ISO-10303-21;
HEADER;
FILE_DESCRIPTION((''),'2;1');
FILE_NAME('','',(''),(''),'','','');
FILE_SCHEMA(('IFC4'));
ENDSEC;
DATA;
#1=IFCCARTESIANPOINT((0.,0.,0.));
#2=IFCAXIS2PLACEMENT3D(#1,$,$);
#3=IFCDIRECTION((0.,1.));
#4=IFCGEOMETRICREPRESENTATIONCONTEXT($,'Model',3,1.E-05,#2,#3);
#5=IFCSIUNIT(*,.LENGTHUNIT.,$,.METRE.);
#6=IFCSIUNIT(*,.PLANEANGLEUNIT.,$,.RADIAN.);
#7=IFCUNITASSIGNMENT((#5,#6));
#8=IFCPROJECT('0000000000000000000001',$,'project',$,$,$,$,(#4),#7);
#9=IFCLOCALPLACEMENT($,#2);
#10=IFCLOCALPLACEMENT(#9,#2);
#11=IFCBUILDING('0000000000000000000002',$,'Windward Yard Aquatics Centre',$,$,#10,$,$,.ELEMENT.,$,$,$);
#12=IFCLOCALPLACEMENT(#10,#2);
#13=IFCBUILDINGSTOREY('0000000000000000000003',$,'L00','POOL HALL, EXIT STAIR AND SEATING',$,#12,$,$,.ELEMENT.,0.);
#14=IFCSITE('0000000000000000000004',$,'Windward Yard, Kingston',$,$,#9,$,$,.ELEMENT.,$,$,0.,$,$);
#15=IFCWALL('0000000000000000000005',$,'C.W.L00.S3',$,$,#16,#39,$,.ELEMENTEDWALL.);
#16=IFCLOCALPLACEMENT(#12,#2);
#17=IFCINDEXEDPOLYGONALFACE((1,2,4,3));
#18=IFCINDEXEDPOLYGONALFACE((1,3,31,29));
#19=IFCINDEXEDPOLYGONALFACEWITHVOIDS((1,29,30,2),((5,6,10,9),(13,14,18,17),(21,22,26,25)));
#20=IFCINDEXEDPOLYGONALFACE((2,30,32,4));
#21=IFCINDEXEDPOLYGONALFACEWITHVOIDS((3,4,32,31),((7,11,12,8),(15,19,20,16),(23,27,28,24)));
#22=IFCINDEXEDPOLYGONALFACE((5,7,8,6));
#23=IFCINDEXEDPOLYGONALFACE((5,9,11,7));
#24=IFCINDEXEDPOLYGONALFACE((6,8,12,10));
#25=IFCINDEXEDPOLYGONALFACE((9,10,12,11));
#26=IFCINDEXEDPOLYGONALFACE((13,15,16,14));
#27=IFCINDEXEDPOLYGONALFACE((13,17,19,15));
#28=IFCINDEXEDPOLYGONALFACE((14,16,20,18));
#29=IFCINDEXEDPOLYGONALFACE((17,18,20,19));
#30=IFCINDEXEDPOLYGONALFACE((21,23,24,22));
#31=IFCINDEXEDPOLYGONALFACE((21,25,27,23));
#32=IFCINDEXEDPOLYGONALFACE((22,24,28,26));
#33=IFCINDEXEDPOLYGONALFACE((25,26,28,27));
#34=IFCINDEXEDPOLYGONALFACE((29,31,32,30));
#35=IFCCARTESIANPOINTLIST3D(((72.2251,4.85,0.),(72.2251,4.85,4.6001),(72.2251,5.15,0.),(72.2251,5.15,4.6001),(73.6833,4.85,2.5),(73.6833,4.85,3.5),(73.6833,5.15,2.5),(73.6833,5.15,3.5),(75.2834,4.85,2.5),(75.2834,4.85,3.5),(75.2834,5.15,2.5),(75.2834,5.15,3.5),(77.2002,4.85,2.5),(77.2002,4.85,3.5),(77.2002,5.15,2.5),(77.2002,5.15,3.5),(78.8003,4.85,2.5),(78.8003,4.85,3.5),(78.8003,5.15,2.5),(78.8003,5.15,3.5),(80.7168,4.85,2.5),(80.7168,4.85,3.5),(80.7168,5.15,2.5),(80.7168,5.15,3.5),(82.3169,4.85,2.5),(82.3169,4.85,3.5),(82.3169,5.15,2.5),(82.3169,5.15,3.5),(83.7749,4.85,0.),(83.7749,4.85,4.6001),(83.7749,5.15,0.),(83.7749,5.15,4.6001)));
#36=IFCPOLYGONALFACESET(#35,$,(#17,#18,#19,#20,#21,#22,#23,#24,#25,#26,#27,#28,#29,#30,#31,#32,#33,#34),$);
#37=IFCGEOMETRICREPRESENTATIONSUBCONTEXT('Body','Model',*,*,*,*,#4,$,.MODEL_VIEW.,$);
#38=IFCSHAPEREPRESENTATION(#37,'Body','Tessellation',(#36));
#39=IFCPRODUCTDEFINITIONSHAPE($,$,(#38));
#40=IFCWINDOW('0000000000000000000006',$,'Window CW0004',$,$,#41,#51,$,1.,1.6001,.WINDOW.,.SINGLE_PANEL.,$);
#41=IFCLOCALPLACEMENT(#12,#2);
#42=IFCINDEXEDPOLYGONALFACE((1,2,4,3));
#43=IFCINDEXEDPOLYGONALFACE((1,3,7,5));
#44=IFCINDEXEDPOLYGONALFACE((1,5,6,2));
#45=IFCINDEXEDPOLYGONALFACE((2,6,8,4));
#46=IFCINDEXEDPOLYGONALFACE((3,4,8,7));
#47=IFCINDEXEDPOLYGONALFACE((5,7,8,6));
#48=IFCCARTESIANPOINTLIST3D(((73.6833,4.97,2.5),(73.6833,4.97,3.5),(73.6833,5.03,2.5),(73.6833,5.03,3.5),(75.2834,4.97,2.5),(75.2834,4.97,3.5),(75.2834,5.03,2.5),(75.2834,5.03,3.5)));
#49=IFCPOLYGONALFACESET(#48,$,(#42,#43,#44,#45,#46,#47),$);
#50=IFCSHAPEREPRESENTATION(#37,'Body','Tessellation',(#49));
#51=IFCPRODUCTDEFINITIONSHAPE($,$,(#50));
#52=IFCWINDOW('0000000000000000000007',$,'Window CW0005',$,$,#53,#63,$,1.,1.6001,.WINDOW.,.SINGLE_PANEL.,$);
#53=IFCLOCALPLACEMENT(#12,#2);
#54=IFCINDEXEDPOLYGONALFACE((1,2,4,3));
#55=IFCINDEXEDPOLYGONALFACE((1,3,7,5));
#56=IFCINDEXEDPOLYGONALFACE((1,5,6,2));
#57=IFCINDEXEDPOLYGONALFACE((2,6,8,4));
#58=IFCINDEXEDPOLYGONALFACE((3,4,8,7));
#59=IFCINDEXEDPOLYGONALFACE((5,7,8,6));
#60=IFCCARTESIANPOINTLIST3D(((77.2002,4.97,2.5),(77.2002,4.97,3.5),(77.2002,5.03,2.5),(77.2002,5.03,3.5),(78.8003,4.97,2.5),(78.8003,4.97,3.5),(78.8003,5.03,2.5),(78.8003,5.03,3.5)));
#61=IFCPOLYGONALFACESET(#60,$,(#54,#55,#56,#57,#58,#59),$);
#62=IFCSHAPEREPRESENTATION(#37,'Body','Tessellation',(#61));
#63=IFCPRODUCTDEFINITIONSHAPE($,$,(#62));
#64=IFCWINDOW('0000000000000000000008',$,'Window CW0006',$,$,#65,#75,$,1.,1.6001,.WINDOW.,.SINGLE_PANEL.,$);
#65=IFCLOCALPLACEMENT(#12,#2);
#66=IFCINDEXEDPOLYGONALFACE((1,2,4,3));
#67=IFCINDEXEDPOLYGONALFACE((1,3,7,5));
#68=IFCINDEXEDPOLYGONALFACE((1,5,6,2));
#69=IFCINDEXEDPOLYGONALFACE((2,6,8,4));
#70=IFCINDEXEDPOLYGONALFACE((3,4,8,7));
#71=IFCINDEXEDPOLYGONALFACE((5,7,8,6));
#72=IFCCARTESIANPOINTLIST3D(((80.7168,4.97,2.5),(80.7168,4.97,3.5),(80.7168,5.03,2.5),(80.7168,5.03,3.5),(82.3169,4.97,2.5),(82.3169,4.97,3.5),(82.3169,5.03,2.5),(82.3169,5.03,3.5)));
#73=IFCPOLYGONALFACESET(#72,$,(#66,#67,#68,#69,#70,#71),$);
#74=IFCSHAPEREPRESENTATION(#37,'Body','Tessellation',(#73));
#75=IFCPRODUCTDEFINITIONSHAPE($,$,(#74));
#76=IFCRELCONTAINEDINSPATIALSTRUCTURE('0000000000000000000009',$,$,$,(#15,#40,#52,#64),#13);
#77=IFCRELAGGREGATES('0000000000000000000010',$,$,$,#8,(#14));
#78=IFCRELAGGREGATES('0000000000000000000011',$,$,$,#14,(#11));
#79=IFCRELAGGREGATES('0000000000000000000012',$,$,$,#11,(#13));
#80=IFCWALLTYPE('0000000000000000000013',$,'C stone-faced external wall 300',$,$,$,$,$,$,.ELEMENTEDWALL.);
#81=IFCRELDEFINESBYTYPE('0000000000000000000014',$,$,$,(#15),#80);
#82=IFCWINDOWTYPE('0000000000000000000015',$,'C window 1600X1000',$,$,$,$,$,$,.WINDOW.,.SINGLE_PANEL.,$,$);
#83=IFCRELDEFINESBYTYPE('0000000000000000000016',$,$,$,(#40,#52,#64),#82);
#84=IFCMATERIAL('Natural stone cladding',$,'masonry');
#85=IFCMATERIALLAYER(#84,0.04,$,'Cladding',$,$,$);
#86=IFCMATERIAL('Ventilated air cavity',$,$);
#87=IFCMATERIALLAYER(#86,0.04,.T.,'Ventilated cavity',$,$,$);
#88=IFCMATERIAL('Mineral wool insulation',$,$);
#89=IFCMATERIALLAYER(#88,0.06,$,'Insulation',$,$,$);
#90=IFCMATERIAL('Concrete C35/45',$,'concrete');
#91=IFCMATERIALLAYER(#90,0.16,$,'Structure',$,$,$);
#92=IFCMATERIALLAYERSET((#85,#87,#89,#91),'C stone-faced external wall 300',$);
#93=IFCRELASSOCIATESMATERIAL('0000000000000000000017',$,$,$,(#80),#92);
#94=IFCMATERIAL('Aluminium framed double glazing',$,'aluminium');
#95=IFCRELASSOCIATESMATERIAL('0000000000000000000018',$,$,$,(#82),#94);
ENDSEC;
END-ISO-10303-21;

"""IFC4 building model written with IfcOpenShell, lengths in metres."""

from ifc_helpers import new_model, si_unit, direction, frame, frame_2d, origin, place, context, subcontext, project, spatial, rectangle, extrude, material, layer, layer_set, type_object, element, fill, save


model = new_model("IFC4")

# Units and contexts
model_context = context("Model", 3, precision=1e-05, world=origin(), true_north=direction((0.0, 1.0)))
body_context = subcontext(model_context, "Body", "Model", "MODEL_VIEW")
ifc_project = project(units=[si_unit("LENGTHUNIT", "METRE"), si_unit("PLANEANGLEUNIT", "RADIAN")], contexts=[model_context])

# Site, building, storey
site_placement = place(None, origin())
site = spatial("IfcSite", under=ifc_project, at=site_placement, Name="Windward Yard, Kingston", CompositionType="ELEMENT", RefElevation=0.0)
building_placement = place(site_placement, origin())
building = spatial("IfcBuilding", under=site, at=building_placement, Name="Windward Yard Aquatics Centre", CompositionType="ELEMENT")
storey_placement = place(building_placement, origin())
storey = spatial("IfcBuildingStorey", under=building, at=storey_placement, Name="L00", Description="POOL HALL, EXIT STAIR AND SEATING", CompositionType="ELEMENT", Elevation=0.0)

# Shared definitions
ifc_material_1 = material(Name="Concrete C35/45", Category="concrete")

# Wall, openings, windows
ifc_material_2 = material(Name="Natural stone cladding", Category="masonry")
ifc_layer_1 = layer(ifc_material_2, 0.04, Name="Cladding")
ifc_material_3 = material(Name="Ventilated air cavity")
ifc_layer_2 = layer(ifc_material_3, 0.04, ventilated=True, Name="Ventilated cavity")
ifc_material_4 = material(Name="Mineral wool insulation")
ifc_layer_3 = layer(ifc_material_4, 0.06, Name="Insulation")
ifc_layer_4 = layer(ifc_material_1, 0.16, Name="Structure")
ifc_layer_set_1 = layer_set([ifc_layer_1, ifc_layer_2, ifc_layer_3, ifc_layer_4], Name="C stone-faced external wall 300")
wall_type_1 = type_object("IfcWallType", Name="C stone-faced external wall 300", PredefinedType="ELEMENTEDWALL", material=ifc_layer_set_1)
wall_1_placement = place(storey_placement, frame((72.2251, 5.0, 0.0), z_axis=(0.0, 0.0, 1.0), x_axis=(1.0, 0.0, 0.0)))
wall_1 = element("IfcWall", 1, at=wall_1_placement, inside=storey, type_object=wall_type_1, Name="C.W.L00.S3", PredefinedType="ELEMENTEDWALL", context=body_context, shape_type="SweptSolid", body=[
    extrude(rectangle(XDim=11.5498, YDim=0.3, at=frame_2d((5.7749, 0.0))), origin(), (0.0, 0.0, 1.0), 4.6001),
])
opening_1_placement = place(wall_1_placement, frame((1.4583, 0.0, 2.5)))
opening_1 = element("IfcOpeningElement", 2, at=opening_1_placement, cuts=wall_1, PredefinedType="OPENING", context=body_context, shape_type="SweptSolid", body=[
    extrude(rectangle(XDim=1.6001, YDim=1.0, at=frame_2d((0.8, 0.5))), frame((0.0, 0.1602, 0.0), z_axis=(0.0, -1.0, 0.0), x_axis=(1.0, 0.0, 0.0)), (0.0, 0.0, 1.0), 0.3201),
])
opening_2_placement = place(wall_1_placement, frame((4.9751, 0.0, 2.5)))
opening_2 = element("IfcOpeningElement", 3, at=opening_2_placement, cuts=wall_1, PredefinedType="OPENING", context=body_context, shape_type="SweptSolid", body=[
    extrude(rectangle(XDim=1.6001, YDim=1.0, at=frame_2d((0.8, 0.5))), frame((0.0, 0.1602, 0.0), z_axis=(0.0, -1.0, 0.0), x_axis=(1.0, 0.0, 0.0)), (0.0, 0.0, 1.0), 0.3201),
])
opening_3_placement = place(wall_1_placement, frame((8.4917, 0.0, 2.5)))
opening_3 = element("IfcOpeningElement", 4, at=opening_3_placement, cuts=wall_1, PredefinedType="OPENING", context=body_context, shape_type="SweptSolid", body=[
    extrude(rectangle(XDim=1.6001, YDim=1.0, at=frame_2d((0.8, 0.5))), frame((0.0, 0.1602, 0.0), z_axis=(0.0, -1.0, 0.0), x_axis=(1.0, 0.0, 0.0)), (0.0, 0.0, 1.0), 0.3201),
])
ifc_material_5 = material(Name="Aluminium framed double glazing", Category="aluminium")
window_type = type_object("IfcWindowType", Name="C window 1600X1000", PartitioningType="SINGLE_PANEL", PredefinedType="WINDOW", material=ifc_material_5)
window_1_placement = place(opening_1_placement, origin())
window_1 = element("IfcWindow", 5, at=window_1_placement, inside=storey, type_object=window_type, Name="Window CW0004", OverallHeight=1.0, OverallWidth=1.6001, PartitioningType="SINGLE_PANEL", PredefinedType="WINDOW", context=body_context, shape_type="SweptSolid", body=[
    extrude(rectangle(XDim=1.6001, YDim=1.0, at=frame_2d((0.8, 0.5))), frame((0.0, 0.03, 0.0), z_axis=(0.0, -1.0, 0.0), x_axis=(1.0, 0.0, 0.0)), (0.0, 0.0, 1.0), 0.0601),
])
fill(opening_1, window_1)
window_2_placement = place(opening_2_placement, origin())
window_2 = element("IfcWindow", 6, at=window_2_placement, inside=storey, type_object=window_type, Name="Window CW0005", OverallHeight=1.0, OverallWidth=1.6001, PartitioningType="SINGLE_PANEL", PredefinedType="WINDOW", context=body_context, shape_type="SweptSolid", body=[
    extrude(rectangle(XDim=1.6001, YDim=1.0, at=frame_2d((0.8, 0.5))), frame((0.0, 0.03, 0.0), z_axis=(0.0, -1.0, 0.0), x_axis=(1.0, 0.0, 0.0)), (0.0, 0.0, 1.0), 0.0601),
])
fill(opening_2, window_2)
window_3_placement = place(opening_3_placement, origin())
window_3 = element("IfcWindow", 7, at=window_3_placement, inside=storey, type_object=window_type, Name="Window CW0006", OverallHeight=1.0, OverallWidth=1.6001, PartitioningType="SINGLE_PANEL", PredefinedType="WINDOW", context=body_context, shape_type="SweptSolid", body=[
    extrude(rectangle(XDim=1.6001, YDim=1.0, at=frame_2d((0.8, 0.5))), frame((0.0, 0.03, 0.0), z_axis=(0.0, -1.0, 0.0), x_axis=(1.0, 0.0, 0.0)), (0.0, 0.0, 1.0), 0.0601),
])
fill(opening_3, window_3)

save(model, "model.ifc")
